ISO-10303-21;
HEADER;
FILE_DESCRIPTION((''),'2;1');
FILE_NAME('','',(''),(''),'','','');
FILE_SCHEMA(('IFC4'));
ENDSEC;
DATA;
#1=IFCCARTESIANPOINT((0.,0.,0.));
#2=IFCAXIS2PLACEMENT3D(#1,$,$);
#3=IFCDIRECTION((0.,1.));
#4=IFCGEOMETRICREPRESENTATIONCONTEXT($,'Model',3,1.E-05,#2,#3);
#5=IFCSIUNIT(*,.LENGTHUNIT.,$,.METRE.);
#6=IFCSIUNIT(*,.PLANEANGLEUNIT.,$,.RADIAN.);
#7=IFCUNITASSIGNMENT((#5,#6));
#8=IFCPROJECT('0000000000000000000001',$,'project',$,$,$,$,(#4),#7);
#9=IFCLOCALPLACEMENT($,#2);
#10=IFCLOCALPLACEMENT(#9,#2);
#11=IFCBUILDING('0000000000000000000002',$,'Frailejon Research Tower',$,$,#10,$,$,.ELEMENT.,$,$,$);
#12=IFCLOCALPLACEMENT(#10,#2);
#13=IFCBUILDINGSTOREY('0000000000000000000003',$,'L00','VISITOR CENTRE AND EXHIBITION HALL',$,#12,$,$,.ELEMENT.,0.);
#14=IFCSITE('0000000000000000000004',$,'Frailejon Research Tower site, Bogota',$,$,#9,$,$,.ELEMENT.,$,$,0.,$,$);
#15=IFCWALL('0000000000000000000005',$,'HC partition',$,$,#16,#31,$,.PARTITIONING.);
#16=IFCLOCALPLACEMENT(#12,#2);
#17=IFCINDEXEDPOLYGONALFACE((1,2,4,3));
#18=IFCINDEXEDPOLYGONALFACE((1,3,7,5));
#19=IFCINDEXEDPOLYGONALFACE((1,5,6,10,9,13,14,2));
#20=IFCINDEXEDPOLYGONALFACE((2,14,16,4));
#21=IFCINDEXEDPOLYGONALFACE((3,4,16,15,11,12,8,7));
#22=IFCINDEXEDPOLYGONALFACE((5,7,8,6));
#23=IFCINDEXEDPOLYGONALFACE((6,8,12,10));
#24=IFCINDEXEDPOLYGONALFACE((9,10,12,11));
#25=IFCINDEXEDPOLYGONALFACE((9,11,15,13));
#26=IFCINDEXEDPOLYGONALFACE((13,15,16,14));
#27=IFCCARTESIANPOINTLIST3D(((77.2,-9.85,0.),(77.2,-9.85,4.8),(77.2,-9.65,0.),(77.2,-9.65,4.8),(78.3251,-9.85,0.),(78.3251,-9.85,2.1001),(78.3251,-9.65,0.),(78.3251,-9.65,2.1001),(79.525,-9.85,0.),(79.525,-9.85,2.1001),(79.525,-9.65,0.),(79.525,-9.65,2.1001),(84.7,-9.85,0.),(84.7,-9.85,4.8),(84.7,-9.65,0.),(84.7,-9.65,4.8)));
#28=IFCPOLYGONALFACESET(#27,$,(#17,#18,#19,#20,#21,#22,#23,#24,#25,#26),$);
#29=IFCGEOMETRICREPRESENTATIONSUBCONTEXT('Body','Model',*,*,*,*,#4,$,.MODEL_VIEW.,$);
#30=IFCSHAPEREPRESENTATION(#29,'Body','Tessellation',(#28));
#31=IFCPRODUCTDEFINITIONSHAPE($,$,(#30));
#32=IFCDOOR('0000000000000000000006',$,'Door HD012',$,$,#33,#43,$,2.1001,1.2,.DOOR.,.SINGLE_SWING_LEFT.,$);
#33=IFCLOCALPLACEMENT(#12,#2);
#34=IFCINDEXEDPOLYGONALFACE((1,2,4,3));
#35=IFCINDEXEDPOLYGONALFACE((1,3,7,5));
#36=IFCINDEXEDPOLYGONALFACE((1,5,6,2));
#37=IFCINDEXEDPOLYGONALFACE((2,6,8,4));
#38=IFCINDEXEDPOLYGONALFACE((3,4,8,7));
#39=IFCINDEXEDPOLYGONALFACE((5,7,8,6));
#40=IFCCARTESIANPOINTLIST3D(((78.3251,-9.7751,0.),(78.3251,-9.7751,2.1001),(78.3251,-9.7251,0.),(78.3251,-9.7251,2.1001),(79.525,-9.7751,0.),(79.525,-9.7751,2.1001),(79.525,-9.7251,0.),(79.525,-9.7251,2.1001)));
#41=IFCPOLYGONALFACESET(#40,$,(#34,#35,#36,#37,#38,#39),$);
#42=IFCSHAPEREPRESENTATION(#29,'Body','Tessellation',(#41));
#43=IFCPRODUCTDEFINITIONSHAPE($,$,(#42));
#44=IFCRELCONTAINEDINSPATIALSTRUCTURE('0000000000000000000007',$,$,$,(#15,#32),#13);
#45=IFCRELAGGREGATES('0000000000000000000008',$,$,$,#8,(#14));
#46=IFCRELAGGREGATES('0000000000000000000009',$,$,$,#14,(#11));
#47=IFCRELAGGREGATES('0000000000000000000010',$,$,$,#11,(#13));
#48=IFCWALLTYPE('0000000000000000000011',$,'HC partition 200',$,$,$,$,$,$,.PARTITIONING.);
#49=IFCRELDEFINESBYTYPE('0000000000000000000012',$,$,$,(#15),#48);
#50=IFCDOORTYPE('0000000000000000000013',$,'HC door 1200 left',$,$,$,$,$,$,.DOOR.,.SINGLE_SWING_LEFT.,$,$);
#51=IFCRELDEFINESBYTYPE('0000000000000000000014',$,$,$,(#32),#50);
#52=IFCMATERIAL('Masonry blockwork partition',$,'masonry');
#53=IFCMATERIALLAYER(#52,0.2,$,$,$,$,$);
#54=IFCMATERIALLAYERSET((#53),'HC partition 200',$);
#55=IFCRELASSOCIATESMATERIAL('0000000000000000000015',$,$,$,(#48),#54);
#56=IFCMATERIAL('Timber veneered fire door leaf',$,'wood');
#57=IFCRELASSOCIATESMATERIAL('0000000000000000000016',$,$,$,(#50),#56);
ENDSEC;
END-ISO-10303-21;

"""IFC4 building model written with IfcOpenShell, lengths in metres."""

from ifc_helpers import new_model, si_unit, direction, frame, frame_2d, origin, place, context, subcontext, project, spatial, rectangle, extrude, material, layer, layer_set, type_object, element, fill, save


model = new_model("IFC4")

# Units and contexts
model_context = context("Model", 3, precision=1e-05, world=origin(), true_north=direction((0.0, 1.0)))
body_context = subcontext(model_context, "Body", "Model", "MODEL_VIEW")
ifc_project = project(units=[si_unit("LENGTHUNIT", "METRE"), si_unit("PLANEANGLEUNIT", "RADIAN")], contexts=[model_context])

# Site, building, storey
site_placement = place(None, origin())
site = spatial("IfcSite", under=ifc_project, at=site_placement, Name="Frailejon Research Tower site, Bogota", CompositionType="ELEMENT", RefElevation=0.0)
building_placement = place(site_placement, origin())
building = spatial("IfcBuilding", under=site, at=building_placement, Name="Frailejon Research Tower", CompositionType="ELEMENT")
storey_placement = place(building_placement, origin())
storey = spatial("IfcBuildingStorey", under=building, at=storey_placement, Name="L00", Description="VISITOR CENTRE AND EXHIBITION HALL", CompositionType="ELEMENT", Elevation=0.0)

# Wall, opening, door
ifc_material_1 = material(Name="Masonry blockwork partition", Category="masonry")
ifc_layer_1 = layer(ifc_material_1, 0.2)
ifc_layer_set_1 = layer_set([ifc_layer_1], Name="HC partition 200")
wall_type = type_object("IfcWallType", Name="HC partition 200", PredefinedType="PARTITIONING", material=ifc_layer_set_1)
wall_placement = place(storey_placement, frame((77.2, -9.75, 0.0), z_axis=(0.0, 0.0, 1.0), x_axis=(1.0, 0.0, 0.0)))
wall = element("IfcWall", 1, at=wall_placement, inside=storey, type_object=wall_type, Name="HC partition", PredefinedType="PARTITIONING", context=body_context, shape_type="SweptSolid", body=[
    extrude(rectangle(XDim=7.5, YDim=0.2, at=frame_2d((3.75, 0.0))), origin(), (0.0, 0.0, 1.0), 4.8),
])
opening_placement = place(wall_placement, frame((1.125, 0.0, 0.0)))
opening = element("IfcOpeningElement", 2, at=opening_placement, cuts=wall, PredefinedType="OPENING", context=body_context, shape_type="SweptSolid", body=[
    extrude(rectangle(XDim=1.2, YDim=2.1001, at=frame_2d((0.6001, 1.05))), frame((0.0, 0.1099, 0.0), z_axis=(0.0, -1.0, 0.0), x_axis=(1.0, 0.0, 0.0)), (0.0, 0.0, 1.0), 0.22),
])
ifc_material_2 = material(Name="Timber veneered fire door leaf", Category="wood")
door_type = type_object("IfcDoorType", Name="HC door 1200 left", OperationType="SINGLE_SWING_LEFT", PredefinedType="DOOR", material=ifc_material_2)
door_placement = place(opening_placement, origin())
door = element("IfcDoor", 3, at=door_placement, inside=storey, type_object=door_type, Name="Door HD012", OperationType="SINGLE_SWING_LEFT", OverallHeight=2.1001, OverallWidth=1.2, PredefinedType="DOOR", context=body_context, shape_type="SweptSolid", body=[
    extrude(rectangle(XDim=1.2, YDim=2.1001, at=frame_2d((0.6001, 1.05))), frame((0.0, 0.0249, 0.0), z_axis=(0.0, -1.0, 0.0), x_axis=(1.0, 0.0, 0.0)), (0.0, 0.0, 1.0), 0.05),
])
fill(opening, door)

save(model, "model.ifc")
